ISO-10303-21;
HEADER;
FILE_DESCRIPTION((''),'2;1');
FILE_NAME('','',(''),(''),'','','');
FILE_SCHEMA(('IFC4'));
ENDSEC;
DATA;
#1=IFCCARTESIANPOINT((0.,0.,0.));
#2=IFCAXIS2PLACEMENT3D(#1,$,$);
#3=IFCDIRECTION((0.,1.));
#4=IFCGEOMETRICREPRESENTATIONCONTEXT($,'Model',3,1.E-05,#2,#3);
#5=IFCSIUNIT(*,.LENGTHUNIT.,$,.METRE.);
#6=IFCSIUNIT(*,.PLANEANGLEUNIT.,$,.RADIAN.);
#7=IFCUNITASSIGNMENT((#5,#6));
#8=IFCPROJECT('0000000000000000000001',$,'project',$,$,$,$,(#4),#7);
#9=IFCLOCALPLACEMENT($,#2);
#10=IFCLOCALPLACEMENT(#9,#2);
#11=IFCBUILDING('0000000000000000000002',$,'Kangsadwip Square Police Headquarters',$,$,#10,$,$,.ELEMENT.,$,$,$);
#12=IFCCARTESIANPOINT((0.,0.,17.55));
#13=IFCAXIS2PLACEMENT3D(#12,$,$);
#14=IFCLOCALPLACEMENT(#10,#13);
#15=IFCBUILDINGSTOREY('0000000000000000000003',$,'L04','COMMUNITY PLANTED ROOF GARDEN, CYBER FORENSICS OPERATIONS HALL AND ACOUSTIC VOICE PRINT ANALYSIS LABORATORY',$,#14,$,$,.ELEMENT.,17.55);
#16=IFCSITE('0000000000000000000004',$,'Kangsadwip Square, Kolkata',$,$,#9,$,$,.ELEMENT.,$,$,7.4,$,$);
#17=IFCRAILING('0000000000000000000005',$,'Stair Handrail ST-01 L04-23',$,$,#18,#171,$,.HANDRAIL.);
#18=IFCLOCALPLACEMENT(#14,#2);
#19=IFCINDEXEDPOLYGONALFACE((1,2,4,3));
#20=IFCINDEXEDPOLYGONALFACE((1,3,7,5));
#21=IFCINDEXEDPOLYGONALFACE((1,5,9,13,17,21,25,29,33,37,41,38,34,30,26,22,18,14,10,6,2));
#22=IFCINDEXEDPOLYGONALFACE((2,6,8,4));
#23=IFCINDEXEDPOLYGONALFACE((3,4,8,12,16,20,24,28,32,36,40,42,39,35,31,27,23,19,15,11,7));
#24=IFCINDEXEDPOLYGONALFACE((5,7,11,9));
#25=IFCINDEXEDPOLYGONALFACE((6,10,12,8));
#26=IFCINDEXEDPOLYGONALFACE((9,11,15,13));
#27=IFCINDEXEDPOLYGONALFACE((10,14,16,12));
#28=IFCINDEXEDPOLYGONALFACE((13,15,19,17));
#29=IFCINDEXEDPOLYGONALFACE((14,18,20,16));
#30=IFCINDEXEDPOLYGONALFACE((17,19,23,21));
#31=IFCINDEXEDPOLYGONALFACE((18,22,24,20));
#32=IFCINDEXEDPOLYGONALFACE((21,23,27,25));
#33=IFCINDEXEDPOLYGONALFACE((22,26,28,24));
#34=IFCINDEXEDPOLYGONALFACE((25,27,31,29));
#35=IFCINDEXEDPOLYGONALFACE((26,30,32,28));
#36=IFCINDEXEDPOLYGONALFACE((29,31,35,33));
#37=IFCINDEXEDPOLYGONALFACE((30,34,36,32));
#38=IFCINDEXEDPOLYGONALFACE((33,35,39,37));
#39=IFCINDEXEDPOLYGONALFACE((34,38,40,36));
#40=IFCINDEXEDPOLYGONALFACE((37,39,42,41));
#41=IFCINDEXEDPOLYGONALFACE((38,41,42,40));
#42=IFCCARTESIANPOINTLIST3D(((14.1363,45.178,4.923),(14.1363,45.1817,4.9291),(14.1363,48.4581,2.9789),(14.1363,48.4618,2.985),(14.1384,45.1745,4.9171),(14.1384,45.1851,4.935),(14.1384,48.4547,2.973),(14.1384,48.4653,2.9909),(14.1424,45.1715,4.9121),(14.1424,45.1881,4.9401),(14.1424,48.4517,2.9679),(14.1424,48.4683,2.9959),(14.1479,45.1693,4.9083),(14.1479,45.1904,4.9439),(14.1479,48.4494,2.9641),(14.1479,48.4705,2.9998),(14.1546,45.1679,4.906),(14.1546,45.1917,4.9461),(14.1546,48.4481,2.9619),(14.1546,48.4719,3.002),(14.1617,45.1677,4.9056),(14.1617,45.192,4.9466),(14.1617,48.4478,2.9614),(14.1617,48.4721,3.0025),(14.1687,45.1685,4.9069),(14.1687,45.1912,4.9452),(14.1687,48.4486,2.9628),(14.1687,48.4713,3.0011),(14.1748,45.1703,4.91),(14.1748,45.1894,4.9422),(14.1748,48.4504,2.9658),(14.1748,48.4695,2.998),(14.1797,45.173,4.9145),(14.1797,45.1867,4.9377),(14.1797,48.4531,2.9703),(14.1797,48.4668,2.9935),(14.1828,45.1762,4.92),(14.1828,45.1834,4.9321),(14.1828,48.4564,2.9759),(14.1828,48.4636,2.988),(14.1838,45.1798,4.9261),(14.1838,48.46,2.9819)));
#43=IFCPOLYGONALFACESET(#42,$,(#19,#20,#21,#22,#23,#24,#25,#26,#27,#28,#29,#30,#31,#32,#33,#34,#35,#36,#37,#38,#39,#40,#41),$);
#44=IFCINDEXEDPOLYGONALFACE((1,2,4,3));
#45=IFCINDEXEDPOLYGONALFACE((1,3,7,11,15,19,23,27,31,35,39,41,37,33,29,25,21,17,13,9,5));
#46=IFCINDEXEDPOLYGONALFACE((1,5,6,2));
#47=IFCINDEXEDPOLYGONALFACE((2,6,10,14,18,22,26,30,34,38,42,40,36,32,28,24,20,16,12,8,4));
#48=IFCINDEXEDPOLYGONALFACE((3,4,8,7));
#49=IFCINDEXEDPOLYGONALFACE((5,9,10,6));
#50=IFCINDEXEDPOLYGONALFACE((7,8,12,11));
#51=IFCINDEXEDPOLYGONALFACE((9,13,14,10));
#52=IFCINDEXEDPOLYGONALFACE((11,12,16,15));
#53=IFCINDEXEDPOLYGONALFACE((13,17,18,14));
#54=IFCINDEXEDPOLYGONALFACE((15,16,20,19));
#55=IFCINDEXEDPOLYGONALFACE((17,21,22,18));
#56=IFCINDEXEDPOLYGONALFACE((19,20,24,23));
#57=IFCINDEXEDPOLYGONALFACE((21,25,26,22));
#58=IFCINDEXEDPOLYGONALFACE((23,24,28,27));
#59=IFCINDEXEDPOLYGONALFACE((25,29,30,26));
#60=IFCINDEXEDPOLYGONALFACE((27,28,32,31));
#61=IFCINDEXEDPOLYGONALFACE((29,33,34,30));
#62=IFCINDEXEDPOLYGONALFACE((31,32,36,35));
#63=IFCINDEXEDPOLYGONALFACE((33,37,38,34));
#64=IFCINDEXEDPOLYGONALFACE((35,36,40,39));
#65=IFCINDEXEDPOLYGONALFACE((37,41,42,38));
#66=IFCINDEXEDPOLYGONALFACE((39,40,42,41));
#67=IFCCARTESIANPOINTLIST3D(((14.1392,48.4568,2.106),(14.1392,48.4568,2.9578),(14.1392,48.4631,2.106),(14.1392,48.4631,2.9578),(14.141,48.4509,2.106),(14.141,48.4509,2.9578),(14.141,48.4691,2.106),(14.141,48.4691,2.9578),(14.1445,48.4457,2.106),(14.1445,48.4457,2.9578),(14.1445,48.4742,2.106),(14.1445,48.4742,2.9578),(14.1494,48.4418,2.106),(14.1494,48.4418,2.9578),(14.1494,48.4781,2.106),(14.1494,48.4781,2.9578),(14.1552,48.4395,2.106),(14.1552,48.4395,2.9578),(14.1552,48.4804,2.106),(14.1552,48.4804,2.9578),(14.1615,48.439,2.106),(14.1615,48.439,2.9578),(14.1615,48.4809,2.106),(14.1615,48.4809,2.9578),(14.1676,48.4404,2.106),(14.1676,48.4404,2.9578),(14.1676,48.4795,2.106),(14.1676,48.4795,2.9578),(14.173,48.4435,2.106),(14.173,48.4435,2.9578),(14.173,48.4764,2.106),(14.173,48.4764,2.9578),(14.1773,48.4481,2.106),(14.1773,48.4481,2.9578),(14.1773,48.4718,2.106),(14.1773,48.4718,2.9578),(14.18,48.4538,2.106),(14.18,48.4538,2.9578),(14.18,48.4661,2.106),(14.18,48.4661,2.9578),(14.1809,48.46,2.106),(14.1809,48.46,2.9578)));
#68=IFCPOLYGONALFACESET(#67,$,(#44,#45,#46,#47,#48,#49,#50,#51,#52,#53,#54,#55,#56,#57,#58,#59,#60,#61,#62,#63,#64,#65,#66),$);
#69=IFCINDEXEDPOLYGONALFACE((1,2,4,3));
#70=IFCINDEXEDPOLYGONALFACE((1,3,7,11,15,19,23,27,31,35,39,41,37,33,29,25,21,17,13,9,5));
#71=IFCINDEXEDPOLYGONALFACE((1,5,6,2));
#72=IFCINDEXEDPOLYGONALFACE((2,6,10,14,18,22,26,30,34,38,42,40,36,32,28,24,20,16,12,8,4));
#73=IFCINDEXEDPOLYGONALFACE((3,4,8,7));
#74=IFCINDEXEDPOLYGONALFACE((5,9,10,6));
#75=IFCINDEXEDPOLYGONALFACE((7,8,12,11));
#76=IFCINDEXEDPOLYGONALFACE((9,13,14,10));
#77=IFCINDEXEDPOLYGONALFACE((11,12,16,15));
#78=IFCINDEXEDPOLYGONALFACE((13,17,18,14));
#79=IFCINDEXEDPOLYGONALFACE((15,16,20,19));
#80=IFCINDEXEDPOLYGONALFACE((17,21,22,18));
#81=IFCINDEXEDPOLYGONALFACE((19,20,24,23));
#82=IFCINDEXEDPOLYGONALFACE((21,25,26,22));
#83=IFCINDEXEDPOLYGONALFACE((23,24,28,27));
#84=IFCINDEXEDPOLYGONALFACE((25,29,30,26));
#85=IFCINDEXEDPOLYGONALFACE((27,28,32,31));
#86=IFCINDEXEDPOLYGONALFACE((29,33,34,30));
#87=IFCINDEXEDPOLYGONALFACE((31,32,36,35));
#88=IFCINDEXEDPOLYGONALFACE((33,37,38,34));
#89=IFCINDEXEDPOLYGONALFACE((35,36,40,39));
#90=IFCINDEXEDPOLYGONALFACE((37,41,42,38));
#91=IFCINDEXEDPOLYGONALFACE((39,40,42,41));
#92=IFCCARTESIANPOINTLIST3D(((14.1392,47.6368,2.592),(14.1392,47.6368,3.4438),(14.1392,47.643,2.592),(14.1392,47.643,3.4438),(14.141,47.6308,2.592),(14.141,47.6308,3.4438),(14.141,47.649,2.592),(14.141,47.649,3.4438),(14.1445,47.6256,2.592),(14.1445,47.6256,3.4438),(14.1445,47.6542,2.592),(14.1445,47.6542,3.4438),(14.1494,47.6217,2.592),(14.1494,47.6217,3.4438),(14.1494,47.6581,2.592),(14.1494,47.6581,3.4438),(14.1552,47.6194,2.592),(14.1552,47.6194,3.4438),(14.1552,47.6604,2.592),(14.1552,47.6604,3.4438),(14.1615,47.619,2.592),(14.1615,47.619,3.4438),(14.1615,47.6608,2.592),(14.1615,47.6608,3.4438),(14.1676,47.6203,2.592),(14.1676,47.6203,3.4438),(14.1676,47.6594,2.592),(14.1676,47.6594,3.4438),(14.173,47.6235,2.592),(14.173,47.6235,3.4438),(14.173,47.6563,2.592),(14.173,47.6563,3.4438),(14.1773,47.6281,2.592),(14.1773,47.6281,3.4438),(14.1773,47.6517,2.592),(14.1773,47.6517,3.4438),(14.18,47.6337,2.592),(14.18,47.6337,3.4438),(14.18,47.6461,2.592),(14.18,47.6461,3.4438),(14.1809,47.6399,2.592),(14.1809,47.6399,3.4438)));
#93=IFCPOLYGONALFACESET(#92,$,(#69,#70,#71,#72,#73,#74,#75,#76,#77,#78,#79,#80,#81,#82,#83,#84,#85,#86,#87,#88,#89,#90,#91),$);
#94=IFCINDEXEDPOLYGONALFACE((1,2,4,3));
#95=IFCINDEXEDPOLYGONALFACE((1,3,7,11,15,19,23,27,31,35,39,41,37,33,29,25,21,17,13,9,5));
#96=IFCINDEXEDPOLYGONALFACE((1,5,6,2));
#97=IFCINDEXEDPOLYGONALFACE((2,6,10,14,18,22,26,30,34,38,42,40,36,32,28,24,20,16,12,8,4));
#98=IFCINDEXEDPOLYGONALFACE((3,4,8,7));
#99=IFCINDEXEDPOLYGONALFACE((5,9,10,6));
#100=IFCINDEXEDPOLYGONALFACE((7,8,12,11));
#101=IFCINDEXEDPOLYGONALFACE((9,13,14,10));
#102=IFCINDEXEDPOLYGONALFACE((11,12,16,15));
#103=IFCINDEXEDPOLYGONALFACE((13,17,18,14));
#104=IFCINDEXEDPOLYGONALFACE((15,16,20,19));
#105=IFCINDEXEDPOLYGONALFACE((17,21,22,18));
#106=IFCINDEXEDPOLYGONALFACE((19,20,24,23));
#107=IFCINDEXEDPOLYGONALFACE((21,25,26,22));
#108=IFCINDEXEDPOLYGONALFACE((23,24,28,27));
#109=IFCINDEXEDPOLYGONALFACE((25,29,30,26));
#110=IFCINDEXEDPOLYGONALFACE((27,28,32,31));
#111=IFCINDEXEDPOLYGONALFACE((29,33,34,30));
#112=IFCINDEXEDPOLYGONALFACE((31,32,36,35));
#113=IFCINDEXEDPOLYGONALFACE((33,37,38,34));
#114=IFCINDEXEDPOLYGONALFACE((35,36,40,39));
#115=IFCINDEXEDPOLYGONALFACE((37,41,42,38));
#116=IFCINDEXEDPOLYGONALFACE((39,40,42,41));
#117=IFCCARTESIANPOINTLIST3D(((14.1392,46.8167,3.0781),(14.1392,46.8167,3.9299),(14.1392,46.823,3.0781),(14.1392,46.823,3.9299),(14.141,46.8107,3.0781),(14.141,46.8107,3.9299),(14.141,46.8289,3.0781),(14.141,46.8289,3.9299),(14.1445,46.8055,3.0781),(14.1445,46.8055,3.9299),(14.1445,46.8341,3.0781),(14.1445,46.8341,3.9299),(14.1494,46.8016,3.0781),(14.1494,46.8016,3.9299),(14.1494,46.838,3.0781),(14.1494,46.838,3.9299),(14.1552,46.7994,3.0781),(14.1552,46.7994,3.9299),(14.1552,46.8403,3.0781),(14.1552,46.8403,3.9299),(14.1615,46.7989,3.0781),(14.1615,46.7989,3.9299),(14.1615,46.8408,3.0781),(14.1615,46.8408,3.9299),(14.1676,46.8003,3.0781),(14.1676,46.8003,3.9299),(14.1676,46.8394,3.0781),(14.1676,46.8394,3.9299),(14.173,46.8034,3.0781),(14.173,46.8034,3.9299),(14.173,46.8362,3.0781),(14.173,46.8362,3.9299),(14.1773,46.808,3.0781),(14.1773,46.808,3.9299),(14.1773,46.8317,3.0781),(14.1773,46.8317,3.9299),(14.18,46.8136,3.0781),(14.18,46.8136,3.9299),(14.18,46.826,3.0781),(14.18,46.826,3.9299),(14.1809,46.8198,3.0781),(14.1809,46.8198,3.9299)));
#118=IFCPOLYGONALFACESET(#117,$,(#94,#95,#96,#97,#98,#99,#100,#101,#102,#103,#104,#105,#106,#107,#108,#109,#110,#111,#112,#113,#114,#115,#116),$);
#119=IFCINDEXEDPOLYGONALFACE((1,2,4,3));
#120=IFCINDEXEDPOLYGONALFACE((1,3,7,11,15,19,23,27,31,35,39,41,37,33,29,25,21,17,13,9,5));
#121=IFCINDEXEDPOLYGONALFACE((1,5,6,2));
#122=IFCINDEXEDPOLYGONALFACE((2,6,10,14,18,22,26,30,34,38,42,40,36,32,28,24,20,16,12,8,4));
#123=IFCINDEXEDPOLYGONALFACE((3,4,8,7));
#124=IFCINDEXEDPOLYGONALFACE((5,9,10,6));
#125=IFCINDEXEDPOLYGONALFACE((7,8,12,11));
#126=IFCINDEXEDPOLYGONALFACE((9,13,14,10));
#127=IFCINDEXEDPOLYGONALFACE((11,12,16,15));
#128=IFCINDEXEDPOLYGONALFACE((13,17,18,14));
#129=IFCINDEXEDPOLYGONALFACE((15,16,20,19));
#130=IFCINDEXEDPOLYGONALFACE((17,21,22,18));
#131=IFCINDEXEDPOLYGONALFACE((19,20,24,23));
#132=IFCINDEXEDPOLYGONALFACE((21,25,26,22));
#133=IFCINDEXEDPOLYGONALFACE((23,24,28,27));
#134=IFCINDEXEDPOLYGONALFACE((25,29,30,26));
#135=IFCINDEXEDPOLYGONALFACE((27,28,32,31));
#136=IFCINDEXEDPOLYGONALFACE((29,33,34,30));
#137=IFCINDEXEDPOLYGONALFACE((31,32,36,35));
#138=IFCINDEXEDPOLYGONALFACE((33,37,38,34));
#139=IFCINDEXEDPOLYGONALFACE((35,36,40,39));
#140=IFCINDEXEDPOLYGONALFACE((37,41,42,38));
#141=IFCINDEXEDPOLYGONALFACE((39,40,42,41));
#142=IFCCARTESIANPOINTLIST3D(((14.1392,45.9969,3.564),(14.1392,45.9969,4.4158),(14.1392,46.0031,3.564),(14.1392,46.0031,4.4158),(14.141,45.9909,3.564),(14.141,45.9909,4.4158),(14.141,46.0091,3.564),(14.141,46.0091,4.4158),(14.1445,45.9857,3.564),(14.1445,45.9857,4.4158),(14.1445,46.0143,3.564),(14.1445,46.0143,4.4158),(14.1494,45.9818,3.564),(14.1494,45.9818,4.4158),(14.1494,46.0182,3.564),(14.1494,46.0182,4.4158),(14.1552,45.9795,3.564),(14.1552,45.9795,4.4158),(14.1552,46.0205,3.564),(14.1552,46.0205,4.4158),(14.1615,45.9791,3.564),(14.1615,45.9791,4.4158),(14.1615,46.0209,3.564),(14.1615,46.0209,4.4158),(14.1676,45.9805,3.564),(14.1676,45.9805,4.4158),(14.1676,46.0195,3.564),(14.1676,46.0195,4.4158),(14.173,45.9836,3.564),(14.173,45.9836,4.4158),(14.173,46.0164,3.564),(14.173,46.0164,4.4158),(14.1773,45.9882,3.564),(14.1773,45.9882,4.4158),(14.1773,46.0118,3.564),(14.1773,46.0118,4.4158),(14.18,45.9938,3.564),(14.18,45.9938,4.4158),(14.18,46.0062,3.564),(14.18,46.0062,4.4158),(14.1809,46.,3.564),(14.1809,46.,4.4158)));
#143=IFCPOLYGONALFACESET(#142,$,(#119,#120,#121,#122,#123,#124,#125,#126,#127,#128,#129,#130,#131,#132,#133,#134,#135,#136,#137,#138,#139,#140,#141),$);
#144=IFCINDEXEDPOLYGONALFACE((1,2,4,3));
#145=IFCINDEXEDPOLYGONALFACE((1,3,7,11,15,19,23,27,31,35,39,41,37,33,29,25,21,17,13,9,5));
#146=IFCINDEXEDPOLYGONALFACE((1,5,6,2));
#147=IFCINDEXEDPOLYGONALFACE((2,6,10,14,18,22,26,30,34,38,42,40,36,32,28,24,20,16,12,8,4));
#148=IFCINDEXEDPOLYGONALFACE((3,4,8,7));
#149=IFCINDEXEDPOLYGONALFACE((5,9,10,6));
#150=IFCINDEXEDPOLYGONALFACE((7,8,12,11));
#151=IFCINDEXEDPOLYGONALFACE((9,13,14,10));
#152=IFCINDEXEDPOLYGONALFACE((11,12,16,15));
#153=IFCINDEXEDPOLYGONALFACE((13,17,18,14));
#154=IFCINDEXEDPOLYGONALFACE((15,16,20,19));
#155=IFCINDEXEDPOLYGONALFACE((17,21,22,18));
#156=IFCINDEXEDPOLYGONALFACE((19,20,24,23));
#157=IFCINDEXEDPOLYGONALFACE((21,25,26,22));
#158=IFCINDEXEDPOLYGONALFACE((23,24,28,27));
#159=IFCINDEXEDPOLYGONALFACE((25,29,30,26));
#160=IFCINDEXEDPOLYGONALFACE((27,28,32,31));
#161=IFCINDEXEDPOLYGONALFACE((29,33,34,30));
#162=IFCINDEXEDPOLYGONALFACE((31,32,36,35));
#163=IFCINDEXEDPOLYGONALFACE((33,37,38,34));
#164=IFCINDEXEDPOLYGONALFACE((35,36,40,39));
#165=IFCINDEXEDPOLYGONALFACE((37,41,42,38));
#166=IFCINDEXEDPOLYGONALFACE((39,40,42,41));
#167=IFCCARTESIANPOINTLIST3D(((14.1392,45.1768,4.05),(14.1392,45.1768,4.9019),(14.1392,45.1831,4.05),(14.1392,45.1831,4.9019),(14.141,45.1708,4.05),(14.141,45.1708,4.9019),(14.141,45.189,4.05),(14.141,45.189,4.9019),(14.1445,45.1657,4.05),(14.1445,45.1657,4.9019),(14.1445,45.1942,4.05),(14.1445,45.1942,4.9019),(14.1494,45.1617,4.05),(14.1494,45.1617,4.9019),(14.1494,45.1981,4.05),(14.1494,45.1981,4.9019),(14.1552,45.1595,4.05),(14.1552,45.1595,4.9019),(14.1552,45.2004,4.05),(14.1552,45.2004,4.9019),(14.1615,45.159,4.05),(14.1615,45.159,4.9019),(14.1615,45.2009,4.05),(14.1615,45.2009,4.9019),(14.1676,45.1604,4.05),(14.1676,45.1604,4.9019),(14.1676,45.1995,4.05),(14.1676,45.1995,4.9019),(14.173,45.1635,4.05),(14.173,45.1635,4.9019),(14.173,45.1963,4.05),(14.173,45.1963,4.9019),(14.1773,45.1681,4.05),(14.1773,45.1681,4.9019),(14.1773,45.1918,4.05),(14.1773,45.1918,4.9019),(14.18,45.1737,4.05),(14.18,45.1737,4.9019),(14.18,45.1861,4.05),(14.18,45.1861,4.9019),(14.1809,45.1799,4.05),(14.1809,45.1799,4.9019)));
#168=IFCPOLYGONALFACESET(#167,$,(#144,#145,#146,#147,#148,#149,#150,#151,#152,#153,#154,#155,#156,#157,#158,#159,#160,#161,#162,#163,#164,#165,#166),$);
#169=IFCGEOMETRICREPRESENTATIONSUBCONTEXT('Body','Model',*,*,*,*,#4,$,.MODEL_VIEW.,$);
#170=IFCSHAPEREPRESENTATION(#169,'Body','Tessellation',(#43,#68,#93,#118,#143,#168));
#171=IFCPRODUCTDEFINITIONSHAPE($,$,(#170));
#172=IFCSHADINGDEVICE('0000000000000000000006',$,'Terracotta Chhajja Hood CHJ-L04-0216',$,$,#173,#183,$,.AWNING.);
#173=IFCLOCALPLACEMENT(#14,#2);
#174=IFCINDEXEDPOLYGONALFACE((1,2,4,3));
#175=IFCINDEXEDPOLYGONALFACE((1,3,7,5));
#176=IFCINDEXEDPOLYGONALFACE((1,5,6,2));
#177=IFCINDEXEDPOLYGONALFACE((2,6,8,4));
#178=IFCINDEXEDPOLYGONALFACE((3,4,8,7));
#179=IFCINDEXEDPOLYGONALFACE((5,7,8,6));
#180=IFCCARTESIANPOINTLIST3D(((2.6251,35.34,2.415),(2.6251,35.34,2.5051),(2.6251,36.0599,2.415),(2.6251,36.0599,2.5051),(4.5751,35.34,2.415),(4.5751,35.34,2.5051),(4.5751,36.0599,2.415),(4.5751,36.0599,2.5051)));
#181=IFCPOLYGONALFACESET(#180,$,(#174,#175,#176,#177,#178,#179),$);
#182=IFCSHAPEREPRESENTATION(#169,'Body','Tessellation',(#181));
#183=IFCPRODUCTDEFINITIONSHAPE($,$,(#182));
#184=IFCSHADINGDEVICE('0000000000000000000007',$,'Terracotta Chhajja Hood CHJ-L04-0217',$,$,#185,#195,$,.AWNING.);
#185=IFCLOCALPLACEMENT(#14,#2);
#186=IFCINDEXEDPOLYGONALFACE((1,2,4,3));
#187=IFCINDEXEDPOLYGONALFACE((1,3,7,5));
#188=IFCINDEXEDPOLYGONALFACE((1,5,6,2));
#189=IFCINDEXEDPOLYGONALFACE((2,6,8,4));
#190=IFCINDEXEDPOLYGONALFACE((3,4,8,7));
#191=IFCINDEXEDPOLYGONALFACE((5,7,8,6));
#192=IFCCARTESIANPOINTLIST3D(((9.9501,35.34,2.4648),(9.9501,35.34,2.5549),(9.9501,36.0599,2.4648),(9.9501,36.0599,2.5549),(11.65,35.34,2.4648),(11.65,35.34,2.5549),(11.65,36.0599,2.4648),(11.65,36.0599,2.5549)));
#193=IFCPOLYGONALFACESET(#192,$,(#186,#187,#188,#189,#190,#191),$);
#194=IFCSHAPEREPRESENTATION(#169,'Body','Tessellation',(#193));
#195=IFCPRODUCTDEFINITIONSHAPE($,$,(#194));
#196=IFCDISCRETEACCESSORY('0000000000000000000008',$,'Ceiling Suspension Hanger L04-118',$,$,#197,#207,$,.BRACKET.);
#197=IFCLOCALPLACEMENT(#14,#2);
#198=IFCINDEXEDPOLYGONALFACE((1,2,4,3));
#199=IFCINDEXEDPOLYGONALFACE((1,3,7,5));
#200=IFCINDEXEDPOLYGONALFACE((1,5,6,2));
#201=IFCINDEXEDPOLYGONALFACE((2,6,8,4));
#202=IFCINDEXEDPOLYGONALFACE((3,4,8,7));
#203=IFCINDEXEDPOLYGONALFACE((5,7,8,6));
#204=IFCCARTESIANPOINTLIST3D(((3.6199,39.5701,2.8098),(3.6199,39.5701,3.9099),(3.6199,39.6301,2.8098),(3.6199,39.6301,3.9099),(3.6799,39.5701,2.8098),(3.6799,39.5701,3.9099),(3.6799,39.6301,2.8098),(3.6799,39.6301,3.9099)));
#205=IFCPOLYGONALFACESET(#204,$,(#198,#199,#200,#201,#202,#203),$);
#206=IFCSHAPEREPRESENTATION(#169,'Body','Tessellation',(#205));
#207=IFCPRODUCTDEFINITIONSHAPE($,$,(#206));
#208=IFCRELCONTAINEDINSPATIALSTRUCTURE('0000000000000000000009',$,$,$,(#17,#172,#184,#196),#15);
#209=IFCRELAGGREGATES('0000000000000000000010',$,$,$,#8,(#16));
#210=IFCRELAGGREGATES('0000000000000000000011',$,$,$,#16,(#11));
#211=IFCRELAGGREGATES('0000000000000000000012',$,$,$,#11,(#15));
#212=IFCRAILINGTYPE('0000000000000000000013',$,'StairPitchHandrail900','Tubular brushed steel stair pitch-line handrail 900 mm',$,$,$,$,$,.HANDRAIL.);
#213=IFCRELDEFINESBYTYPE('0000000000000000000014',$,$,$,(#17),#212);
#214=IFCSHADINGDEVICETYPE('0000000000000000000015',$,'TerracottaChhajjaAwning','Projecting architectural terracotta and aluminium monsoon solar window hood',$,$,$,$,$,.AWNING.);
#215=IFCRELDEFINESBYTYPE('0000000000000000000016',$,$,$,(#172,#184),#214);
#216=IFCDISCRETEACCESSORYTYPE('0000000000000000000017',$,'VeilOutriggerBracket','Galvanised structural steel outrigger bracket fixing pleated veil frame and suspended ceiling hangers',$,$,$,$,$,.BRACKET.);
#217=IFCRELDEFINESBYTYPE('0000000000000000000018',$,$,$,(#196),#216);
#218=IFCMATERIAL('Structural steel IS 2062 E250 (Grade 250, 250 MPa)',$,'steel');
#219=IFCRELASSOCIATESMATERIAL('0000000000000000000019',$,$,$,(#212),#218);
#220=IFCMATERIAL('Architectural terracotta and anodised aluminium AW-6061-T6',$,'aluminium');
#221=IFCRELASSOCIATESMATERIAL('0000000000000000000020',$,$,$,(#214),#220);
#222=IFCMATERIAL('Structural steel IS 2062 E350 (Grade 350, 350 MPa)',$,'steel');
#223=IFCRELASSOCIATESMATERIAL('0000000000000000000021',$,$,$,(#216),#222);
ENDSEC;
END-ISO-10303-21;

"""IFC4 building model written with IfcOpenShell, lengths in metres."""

from ifc_helpers import new_model, si_unit, direction, frame, origin, origin_2d, place, context, subcontext, project, spatial, rectangle, circle, extrude, material, type_object, element, save


model = new_model("IFC4")

# Units and contexts
model_context = context("Model", 3, precision=1e-05, world=origin(), true_north=direction((0.0, 1.0)))
body_context = subcontext(model_context, "Body", "Model", "MODEL_VIEW")
ifc_project = project(units=[si_unit("LENGTHUNIT", "METRE"), si_unit("PLANEANGLEUNIT", "RADIAN")], contexts=[model_context])

# Site, building, storey
site_placement = place(None, origin())
site = spatial("IfcSite", under=ifc_project, at=site_placement, Name="Kangsadwip Square, Kolkata", CompositionType="ELEMENT", RefElevation=7.4)
building_placement = place(site_placement, origin())
building = spatial("IfcBuilding", under=site, at=building_placement, Name="Kangsadwip Square Police Headquarters", CompositionType="ELEMENT")
storey_placement = place(building_placement, frame((0.0, 0.0, 17.55)))
storey = spatial("IfcBuildingStorey", under=building, at=storey_placement, Name="L04", Description="COMMUNITY PLANTED ROOF GARDEN, CYBER FORENSICS OPERATIONS HALL AND ACOUSTIC VOICE PRINT ANALYSIS LABORATORY", CompositionType="ELEMENT", Elevation=17.55)

# Railing
ifc_material_1 = material(Name="Structural steel IS 2062 E250 (Grade 250, 250 MPa)", Category="steel")
railing_type_1 = type_object("IfcRailingType", Name="StairPitchHandrail900", Description="Tubular brushed steel stair pitch-line handrail 900 mm", PredefinedType="HANDRAIL", material=ifc_material_1)
railing_1_placement = place(storey_placement, frame((14.1599, 48.46, 2.106)))
element("IfcRailing", 1, at=railing_1_placement, inside=storey, type_object=railing_type_1, Name="Stair Handrail ST-01 L04-23", PredefinedType="HANDRAIL", context=body_context, shape_type="SweptSolid", body=[
    extrude(circle(Radius=0.0239, at=origin_2d()), frame((0.0, 0.0, 0.876), z_axis=(0.0, -0.860249, 0.509874), x_axis=(1.0, 0.0, 0.0)), (0.0, 0.0, 1.0), 3.813),
    extrude(circle(Radius=0.021, at=origin_2d()), origin(), (0.0, 0.0, 1.0), 0.8518),
    extrude(circle(Radius=0.021, at=origin_2d()), frame((0.0, -0.8201, 0.4861)), (0.0, 0.0, 1.0), 0.8518),
    extrude(circle(Radius=0.021, at=origin_2d()), frame((0.0, -1.6401, 0.9722)), (0.0, 0.0, 1.0), 0.8518),
    extrude(circle(Radius=0.021, at=origin_2d()), frame((0.0, -2.46, 1.458)), (0.0, 0.0, 1.0), 0.8518),
    extrude(circle(Radius=0.021, at=origin_2d()), frame((0.0, -3.28, 1.9441)), (0.0, 0.0, 1.0), 0.8518),
])

# Shading devices
ifc_material_2 = material(Name="Architectural terracotta and anodised aluminium AW-6061-T6", Category="aluminium")
shading_device_type = type_object("IfcShadingDeviceType", Name="TerracottaChhajjaAwning", Description="Projecting architectural terracotta and aluminium monsoon solar window hood", PredefinedType="AWNING", material=ifc_material_2)
shading_device_1_placement = place(storey_placement, frame((3.6001, 35.7, 2.415), z_axis=(0.0, 0.0, 1.0), x_axis=(1.0, 0.0, 0.0)))
element("IfcShadingDevice", 2, at=shading_device_1_placement, inside=storey, type_object=shading_device_type, Name="Terracotta Chhajja Hood CHJ-L04-0216", PredefinedType="AWNING", context=body_context, shape_type="SweptSolid", body=[
    extrude(rectangle(XDim=1.95, YDim=0.72, at=origin_2d()), origin(), (0.0, 0.0, 1.0), 0.0901),
])
shading_device_2_placement = place(storey_placement, frame((10.8, 35.7, 2.4648), z_axis=(0.0, 0.0, 1.0), x_axis=(1.0, 0.0, 0.0)))
element("IfcShadingDevice", 3, at=shading_device_2_placement, inside=storey, type_object=shading_device_type, Name="Terracotta Chhajja Hood CHJ-L04-0217", PredefinedType="AWNING", context=body_context, shape_type="SweptSolid", body=[
    extrude(rectangle(XDim=1.7, YDim=0.72, at=origin_2d()), origin(), (0.0, 0.0, 1.0), 0.0901),
])

# Discrete accessory
ifc_material_3 = material(Name="Structural steel IS 2062 E350 (Grade 350, 350 MPa)", Category="steel")
discrete_accessory_type = type_object("IfcDiscreteAccessoryType", Name="VeilOutriggerBracket", Description="Galvanised structural steel outrigger bracket fixing pleated veil frame and suspended ceiling hangers", PredefinedType="BRACKET", material=ifc_material_3)
for number, where, z_axis, x_axis, name in (
    (4, (3.6499, 39.6001, 2.8098), (0.0, 0.0, 1.0), (1.0, 0.0, 0.0), "Ceiling Suspension Hanger L04-118"),
):
    element("IfcDiscreteAccessory", number, at=place(storey_placement, frame(where, z_axis=z_axis, x_axis=x_axis)), inside=storey, type_object=discrete_accessory_type, Name=name, PredefinedType="BRACKET", context=body_context, shape_type="SweptSolid", body=[
        extrude(rectangle(XDim=0.0601, YDim=0.0601, at=origin_2d()), origin(), (0.0, 0.0, 1.0), 1.1001),
    ])

save(model, "model.ifc")
